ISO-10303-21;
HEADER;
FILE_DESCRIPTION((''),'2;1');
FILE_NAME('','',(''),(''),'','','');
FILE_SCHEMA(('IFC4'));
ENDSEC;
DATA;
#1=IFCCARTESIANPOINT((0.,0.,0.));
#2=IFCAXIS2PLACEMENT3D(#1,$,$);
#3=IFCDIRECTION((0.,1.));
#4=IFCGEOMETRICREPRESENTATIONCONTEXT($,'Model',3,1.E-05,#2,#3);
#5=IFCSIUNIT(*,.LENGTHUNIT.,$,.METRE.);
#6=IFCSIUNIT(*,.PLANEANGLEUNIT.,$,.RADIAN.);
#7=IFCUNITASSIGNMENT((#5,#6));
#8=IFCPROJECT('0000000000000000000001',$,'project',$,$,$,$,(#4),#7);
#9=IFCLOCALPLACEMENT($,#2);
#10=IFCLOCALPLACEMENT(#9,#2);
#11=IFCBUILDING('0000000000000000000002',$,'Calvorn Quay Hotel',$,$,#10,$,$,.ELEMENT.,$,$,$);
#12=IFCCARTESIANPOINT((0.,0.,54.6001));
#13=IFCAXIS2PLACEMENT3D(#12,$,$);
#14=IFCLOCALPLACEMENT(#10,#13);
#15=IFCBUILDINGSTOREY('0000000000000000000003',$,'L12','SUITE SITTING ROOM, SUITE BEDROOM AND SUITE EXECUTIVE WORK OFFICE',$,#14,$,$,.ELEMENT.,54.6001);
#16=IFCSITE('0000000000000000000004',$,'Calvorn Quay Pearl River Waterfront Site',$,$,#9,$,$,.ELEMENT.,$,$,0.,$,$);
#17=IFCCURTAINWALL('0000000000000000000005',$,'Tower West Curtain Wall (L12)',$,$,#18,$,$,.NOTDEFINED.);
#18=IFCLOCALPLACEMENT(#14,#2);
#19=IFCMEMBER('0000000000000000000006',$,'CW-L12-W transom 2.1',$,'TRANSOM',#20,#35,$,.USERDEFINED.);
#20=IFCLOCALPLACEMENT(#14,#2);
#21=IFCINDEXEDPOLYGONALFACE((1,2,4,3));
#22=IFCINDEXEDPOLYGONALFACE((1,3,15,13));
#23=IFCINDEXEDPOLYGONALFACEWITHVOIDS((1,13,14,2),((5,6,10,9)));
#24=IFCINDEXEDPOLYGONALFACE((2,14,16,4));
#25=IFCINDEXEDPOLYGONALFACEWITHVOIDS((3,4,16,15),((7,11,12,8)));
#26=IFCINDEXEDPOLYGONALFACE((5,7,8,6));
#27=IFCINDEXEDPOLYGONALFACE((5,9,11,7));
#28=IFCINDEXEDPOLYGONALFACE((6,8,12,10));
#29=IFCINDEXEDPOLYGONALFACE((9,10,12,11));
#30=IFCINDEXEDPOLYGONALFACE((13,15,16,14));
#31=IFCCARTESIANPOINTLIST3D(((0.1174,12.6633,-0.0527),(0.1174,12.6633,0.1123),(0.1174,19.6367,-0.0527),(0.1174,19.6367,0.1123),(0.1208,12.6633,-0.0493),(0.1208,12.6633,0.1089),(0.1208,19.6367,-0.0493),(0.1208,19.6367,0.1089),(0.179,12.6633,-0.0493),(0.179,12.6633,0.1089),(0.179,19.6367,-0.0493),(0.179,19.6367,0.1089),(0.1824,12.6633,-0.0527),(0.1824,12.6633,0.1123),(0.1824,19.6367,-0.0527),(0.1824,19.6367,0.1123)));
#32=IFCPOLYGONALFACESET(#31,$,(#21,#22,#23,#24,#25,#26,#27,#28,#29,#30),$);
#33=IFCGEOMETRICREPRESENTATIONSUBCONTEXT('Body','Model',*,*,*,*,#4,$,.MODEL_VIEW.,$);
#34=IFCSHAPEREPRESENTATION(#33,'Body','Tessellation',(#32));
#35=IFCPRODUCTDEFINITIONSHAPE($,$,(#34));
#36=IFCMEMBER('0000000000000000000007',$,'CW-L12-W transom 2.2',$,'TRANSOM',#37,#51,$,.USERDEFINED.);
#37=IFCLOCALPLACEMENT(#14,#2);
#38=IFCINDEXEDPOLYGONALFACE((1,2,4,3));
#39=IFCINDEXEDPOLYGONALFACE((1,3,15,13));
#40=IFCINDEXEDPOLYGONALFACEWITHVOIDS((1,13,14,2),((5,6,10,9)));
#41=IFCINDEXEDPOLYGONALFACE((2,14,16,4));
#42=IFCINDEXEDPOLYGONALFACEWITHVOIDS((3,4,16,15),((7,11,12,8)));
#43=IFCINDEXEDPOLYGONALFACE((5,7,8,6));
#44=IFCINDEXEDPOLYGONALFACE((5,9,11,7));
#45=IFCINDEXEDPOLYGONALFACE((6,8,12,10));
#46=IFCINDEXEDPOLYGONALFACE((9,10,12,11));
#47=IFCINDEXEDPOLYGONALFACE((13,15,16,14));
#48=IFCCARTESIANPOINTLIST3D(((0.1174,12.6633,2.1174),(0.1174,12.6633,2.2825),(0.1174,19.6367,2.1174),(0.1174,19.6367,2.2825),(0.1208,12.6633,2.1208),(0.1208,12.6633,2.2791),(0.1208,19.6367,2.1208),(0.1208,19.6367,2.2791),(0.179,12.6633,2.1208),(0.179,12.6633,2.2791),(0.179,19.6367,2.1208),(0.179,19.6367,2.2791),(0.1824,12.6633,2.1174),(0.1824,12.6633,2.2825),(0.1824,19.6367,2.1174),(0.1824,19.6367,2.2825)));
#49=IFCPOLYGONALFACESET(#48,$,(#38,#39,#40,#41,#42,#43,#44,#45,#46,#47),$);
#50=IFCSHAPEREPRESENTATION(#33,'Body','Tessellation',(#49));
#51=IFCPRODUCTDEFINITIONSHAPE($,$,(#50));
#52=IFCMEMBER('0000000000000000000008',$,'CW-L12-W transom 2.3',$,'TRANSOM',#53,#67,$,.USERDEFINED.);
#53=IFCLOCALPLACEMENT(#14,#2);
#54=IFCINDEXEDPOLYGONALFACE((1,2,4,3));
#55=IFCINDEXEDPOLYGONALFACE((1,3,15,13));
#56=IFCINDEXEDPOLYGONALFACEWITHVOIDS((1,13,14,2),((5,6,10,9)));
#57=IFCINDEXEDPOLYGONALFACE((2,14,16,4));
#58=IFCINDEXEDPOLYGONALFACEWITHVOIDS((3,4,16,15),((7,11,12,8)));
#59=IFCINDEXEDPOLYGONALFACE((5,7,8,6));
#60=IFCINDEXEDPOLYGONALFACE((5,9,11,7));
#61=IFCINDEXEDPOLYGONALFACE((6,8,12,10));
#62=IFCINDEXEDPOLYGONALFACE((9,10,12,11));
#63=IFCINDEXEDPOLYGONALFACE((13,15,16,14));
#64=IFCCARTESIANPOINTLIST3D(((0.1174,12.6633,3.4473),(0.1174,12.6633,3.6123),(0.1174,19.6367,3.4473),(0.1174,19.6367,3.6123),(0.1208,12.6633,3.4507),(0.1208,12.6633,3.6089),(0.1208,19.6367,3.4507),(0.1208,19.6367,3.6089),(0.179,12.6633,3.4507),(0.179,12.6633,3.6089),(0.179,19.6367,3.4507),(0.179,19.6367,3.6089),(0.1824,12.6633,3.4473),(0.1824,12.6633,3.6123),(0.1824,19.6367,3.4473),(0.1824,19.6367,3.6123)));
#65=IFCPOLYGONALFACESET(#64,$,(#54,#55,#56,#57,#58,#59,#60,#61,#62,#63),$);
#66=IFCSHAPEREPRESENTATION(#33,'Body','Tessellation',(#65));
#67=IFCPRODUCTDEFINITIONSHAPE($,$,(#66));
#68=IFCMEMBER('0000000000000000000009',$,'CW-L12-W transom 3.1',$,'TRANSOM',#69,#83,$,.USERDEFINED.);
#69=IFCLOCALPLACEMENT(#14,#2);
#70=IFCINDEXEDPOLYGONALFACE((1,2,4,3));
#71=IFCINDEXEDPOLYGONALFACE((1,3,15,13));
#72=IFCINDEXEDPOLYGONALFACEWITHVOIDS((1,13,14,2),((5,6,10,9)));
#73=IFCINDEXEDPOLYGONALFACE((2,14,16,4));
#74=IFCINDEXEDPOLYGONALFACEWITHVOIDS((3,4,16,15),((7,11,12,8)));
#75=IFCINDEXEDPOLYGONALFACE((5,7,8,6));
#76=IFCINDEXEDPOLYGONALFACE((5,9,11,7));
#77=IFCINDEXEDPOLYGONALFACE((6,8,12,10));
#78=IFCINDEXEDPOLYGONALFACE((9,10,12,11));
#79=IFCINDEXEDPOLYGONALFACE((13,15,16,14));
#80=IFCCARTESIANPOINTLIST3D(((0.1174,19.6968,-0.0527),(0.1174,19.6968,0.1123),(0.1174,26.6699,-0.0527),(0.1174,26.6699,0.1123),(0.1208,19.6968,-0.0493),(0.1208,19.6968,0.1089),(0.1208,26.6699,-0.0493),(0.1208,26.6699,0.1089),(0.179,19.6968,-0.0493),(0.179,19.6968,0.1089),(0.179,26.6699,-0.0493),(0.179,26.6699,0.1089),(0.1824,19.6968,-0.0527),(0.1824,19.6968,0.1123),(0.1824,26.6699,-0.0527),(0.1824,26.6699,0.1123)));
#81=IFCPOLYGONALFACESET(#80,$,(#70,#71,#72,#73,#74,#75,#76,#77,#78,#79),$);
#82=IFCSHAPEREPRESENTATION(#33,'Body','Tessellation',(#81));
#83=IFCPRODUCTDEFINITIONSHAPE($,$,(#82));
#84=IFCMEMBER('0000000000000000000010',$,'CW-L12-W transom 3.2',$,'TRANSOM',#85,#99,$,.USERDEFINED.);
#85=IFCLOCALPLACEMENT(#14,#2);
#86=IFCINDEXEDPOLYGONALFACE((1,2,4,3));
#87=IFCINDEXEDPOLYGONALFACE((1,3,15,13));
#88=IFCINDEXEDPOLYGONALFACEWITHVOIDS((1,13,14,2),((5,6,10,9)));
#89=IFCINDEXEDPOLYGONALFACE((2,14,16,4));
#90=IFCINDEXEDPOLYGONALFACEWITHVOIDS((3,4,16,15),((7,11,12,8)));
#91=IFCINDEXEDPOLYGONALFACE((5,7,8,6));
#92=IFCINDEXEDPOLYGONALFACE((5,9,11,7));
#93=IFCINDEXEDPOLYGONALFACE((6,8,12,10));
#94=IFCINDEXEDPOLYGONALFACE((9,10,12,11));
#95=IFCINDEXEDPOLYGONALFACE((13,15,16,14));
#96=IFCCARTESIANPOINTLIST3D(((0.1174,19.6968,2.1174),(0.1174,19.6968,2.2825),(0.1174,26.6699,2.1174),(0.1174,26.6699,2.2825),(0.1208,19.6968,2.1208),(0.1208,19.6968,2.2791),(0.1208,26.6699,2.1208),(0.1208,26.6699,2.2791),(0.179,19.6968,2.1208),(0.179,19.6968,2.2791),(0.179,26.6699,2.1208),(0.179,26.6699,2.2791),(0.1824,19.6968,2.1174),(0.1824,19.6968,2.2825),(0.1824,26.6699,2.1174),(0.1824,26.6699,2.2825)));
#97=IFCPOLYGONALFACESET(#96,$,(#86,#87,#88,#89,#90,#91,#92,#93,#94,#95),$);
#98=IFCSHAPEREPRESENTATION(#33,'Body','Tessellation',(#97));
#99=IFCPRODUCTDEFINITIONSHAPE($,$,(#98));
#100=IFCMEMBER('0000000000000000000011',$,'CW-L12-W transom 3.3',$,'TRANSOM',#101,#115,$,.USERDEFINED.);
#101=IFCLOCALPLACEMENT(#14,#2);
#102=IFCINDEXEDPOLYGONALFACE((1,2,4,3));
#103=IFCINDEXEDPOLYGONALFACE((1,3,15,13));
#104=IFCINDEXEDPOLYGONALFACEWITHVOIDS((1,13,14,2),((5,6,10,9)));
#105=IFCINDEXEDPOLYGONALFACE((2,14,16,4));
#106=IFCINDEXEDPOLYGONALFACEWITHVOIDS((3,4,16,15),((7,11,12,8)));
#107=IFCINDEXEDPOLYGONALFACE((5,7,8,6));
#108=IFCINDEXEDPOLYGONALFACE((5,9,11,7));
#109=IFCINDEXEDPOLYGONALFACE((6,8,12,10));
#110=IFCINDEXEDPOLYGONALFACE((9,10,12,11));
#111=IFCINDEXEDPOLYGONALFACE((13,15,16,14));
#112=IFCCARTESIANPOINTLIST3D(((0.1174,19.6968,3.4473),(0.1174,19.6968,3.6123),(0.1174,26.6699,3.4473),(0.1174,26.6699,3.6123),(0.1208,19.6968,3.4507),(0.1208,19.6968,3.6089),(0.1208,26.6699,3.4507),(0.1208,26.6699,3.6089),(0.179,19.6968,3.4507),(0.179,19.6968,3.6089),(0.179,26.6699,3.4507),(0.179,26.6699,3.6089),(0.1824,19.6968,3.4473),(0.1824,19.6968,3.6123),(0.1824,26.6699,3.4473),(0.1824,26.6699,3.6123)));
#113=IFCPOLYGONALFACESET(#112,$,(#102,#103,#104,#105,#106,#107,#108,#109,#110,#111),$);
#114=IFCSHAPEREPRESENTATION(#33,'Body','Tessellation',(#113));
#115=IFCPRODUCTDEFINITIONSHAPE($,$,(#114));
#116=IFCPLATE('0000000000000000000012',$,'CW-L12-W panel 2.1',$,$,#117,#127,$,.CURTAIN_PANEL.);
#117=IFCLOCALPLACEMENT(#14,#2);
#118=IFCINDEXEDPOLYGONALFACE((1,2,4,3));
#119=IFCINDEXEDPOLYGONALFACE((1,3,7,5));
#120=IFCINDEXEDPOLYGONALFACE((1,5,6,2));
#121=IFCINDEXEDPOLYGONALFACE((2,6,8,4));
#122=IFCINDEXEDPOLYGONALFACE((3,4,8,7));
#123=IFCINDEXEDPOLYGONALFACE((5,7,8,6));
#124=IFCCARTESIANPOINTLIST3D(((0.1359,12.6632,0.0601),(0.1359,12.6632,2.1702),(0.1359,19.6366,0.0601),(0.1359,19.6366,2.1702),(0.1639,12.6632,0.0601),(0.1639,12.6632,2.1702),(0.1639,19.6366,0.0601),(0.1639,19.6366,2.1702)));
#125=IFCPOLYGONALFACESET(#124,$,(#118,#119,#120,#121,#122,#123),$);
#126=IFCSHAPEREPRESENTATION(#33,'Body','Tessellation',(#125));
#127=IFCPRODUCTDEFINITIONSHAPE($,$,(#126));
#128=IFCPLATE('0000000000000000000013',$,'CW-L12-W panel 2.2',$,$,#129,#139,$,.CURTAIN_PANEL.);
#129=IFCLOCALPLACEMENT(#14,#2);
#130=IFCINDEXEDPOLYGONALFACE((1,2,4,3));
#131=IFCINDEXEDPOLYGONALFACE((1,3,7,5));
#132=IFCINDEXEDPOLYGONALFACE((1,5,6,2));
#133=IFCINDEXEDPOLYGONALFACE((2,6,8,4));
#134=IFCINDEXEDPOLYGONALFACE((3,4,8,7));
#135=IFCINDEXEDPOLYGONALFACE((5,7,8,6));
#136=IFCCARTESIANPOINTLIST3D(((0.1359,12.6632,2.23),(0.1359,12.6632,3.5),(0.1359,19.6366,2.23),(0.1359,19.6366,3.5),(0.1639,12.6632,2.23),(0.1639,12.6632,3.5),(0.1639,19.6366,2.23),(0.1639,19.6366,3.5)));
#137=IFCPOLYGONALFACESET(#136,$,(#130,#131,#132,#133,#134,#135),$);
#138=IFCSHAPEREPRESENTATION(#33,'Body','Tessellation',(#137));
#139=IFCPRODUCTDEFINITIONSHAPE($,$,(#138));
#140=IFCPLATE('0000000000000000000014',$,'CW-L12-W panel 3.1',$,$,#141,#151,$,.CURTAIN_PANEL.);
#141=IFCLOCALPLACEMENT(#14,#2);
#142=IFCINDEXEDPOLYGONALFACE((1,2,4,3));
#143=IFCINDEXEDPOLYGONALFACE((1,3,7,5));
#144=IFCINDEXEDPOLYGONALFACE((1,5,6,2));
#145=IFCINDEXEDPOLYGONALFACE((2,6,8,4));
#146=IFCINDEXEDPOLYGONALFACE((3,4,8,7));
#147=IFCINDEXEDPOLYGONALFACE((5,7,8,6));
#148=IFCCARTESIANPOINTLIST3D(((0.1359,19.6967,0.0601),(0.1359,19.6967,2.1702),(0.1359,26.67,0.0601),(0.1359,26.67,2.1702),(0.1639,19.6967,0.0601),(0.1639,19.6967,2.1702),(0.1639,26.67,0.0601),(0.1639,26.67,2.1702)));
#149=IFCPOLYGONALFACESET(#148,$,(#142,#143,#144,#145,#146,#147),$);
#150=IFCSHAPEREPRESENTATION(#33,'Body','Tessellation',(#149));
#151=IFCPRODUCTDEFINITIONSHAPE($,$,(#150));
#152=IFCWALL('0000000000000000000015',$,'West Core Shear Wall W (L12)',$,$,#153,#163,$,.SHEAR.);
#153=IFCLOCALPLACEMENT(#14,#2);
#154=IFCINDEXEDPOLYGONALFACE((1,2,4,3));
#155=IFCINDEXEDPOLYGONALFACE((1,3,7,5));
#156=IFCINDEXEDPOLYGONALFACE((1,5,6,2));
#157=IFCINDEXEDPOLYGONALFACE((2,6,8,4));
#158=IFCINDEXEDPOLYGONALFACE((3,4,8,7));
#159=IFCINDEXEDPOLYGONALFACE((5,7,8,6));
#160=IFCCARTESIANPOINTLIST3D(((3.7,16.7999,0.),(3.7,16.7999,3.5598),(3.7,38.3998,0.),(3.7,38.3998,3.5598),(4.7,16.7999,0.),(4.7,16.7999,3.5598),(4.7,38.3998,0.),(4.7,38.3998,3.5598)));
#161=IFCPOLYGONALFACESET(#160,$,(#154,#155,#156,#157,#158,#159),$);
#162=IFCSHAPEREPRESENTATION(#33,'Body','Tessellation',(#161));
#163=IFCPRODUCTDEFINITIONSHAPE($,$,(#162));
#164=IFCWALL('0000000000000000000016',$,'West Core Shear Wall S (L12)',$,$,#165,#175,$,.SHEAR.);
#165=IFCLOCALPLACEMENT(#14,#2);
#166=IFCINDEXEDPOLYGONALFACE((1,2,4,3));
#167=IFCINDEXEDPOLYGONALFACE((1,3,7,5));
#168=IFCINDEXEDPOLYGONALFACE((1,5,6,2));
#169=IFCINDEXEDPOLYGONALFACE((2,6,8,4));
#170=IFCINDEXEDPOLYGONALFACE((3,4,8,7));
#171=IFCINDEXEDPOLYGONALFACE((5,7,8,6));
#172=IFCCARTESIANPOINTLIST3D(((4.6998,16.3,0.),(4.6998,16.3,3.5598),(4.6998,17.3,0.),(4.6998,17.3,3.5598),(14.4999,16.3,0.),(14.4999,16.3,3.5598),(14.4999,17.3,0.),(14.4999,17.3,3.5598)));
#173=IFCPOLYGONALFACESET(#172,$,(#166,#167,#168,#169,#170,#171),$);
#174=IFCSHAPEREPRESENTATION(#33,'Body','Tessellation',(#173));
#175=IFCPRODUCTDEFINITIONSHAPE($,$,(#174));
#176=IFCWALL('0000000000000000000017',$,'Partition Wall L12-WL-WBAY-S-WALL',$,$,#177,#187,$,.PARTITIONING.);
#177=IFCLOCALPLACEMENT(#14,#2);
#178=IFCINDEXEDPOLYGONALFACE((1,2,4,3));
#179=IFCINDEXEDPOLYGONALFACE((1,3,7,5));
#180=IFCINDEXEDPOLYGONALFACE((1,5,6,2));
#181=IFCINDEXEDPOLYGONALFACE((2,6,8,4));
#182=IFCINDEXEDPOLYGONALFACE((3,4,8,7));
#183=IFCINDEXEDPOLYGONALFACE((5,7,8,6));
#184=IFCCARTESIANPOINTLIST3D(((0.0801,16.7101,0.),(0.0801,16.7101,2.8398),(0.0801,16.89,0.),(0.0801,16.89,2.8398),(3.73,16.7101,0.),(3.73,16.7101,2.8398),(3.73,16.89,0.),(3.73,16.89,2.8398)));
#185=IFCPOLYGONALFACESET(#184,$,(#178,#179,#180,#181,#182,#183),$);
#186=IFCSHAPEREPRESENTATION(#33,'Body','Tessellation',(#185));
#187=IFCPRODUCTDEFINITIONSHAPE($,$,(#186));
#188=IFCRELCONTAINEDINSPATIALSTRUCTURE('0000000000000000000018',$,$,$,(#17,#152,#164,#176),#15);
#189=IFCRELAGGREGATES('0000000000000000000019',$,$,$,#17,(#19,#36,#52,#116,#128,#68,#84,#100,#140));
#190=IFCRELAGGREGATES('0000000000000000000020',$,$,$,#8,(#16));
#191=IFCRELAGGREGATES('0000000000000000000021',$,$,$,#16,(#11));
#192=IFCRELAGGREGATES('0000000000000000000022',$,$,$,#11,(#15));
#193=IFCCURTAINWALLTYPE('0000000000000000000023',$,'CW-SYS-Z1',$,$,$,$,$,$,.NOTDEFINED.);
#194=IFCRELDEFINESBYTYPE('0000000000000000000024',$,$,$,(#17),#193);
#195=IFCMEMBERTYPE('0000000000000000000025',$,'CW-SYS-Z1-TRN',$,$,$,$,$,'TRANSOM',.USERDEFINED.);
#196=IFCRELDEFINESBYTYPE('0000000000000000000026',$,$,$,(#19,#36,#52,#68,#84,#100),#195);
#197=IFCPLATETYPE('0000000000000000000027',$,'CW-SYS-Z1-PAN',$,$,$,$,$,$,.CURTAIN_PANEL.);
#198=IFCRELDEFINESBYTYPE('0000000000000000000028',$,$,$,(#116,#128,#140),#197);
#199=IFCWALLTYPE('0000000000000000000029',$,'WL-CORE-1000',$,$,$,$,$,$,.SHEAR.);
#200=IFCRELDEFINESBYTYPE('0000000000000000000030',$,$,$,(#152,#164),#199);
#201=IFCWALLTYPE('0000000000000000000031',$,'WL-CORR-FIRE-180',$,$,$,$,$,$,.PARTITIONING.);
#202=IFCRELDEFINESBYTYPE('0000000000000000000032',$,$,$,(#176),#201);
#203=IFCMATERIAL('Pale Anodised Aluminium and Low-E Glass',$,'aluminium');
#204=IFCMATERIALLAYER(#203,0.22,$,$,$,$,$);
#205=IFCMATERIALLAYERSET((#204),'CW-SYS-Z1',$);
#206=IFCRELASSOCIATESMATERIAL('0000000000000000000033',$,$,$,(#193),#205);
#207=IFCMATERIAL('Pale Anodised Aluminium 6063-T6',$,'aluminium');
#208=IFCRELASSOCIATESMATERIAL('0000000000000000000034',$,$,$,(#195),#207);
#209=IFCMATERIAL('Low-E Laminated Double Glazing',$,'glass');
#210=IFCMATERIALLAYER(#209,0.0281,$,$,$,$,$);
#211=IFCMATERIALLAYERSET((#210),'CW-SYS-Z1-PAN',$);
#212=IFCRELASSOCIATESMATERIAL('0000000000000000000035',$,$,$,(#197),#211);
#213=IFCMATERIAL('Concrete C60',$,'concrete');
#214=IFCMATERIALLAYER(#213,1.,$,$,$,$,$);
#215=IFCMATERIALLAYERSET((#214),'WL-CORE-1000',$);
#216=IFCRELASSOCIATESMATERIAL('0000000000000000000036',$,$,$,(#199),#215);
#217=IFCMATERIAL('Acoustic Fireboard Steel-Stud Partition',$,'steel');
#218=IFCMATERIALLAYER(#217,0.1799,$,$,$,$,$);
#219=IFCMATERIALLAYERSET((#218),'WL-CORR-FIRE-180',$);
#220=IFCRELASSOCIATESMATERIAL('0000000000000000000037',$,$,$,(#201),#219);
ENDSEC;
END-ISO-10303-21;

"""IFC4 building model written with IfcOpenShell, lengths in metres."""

from ifc_helpers import new_model, si_unit, direction, frame, frame_2d, origin, origin_2d, place, context, subcontext, project, spatial, rectangle, hollow_rectangle, extrude, material, layer, layer_set, material_profile, profile_set, type_object, element, aggregate, save


model = new_model("IFC4")

# Units and contexts
model_context = context("Model", 3, precision=1e-05, world=origin(), true_north=direction((0.0, 1.0)))
body_context = subcontext(model_context, "Body", "Model", "MODEL_VIEW")
ifc_project = project(units=[si_unit("LENGTHUNIT", "METRE"), si_unit("PLANEANGLEUNIT", "RADIAN")], contexts=[model_context])

# Site, building, storey
site_placement = place(None, origin())
site = spatial("IfcSite", under=ifc_project, at=site_placement, Name="Calvorn Quay Pearl River Waterfront Site", CompositionType="ELEMENT", RefElevation=0.0)
building_placement = place(site_placement, origin())
building = spatial("IfcBuilding", under=site, at=building_placement, Name="Calvorn Quay Hotel", CompositionType="ELEMENT")
storey_placement = place(building_placement, frame((0.0, 0.0, 54.6001)))
storey = spatial("IfcBuildingStorey", under=building, at=storey_placement, Name="L12", Description="SUITE SITTING ROOM, SUITE BEDROOM AND SUITE EXECUTIVE WORK OFFICE", CompositionType="ELEMENT", Elevation=54.6001)

# Curtain wall, members, plates
ifc_material_1 = material(Name="Pale Anodised Aluminium and Low-E Glass", Category="aluminium")
ifc_layer_1 = layer(ifc_material_1, 0.22)
ifc_layer_set_1 = layer_set([ifc_layer_1], Name="CW-SYS-Z1")
curtain_wall_type = type_object("IfcCurtainWallType", Name="CW-SYS-Z1", PredefinedType="NOTDEFINED", material=ifc_layer_set_1)
curtain_wall_placement = place(storey_placement, origin())
curtain_wall = element("IfcCurtainWall", 1, at=curtain_wall_placement, inside=storey, type_object=curtain_wall_type, Name="Tower West Curtain Wall (L12)", PredefinedType="NOTDEFINED")
ifc_material_2 = material(Name="Pale Anodised Aluminium 6063-T6", Category="aluminium")
ifc_material_profile_1 = material_profile(ifc_material_2, hollow_rectangle(XDim=0.0649, YDim=0.165, WallThickness=0.0034, at=origin_2d()), Name="ALU-T165x65x3.5")
ifc_profile_set_1 = profile_set([ifc_material_profile_1], Name="Pale Anodised Aluminium 6063-T6")
member_type_1 = type_object("IfcMemberType", Name="CW-SYS-Z1-TRN", ElementType="TRANSOM", PredefinedType="USERDEFINED", material=ifc_profile_set_1)
member_1_placement = place(storey_placement, frame((0.1499, 12.6633, 0.0298), z_axis=(0.0, 1.0, 0.0), x_axis=(-1.0, 0.0, 0.0)))
member_1 = element("IfcMember", 2, at=member_1_placement, type_object=member_type_1, Name="CW-L12-W transom 2.1", ObjectType="TRANSOM", PredefinedType="USERDEFINED", context=body_context, shape_type="SweptSolid", body=[
    extrude(hollow_rectangle(XDim=0.0649, YDim=0.165, WallThickness=0.0034, at=origin_2d()), origin(), (0.0, 0.0, 1.0), 6.9734),
])
member_2_placement = place(storey_placement, frame((0.1499, 12.6633, 2.2), z_axis=(0.0, 1.0, 0.0), x_axis=(-1.0, 0.0, 0.0)))
member_2 = element("IfcMember", 3, at=member_2_placement, type_object=member_type_1, Name="CW-L12-W transom 2.2", ObjectType="TRANSOM", PredefinedType="USERDEFINED", context=body_context, shape_type="SweptSolid", body=[
    extrude(hollow_rectangle(XDim=0.0649, YDim=0.165, WallThickness=0.0034, at=origin_2d()), origin(), (0.0, 0.0, 1.0), 6.9734),
])
member_3_placement = place(storey_placement, frame((0.1499, 12.6633, 3.5298), z_axis=(0.0, 1.0, 0.0), x_axis=(-1.0, 0.0, 0.0)))
member_3 = element("IfcMember", 4, at=member_3_placement, type_object=member_type_1, Name="CW-L12-W transom 2.3", ObjectType="TRANSOM", PredefinedType="USERDEFINED", context=body_context, shape_type="SweptSolid", body=[
    extrude(hollow_rectangle(XDim=0.0649, YDim=0.165, WallThickness=0.0034, at=origin_2d()), origin(), (0.0, 0.0, 1.0), 6.9734),
])
member_4_placement = place(storey_placement, frame((0.1499, 19.6968, 0.0298), z_axis=(0.0, 1.0, 0.0), x_axis=(-1.0, 0.0, 0.0)))
member_4 = element("IfcMember", 5, at=member_4_placement, type_object=member_type_1, Name="CW-L12-W transom 3.1", ObjectType="TRANSOM", PredefinedType="USERDEFINED", context=body_context, shape_type="SweptSolid", body=[
    extrude(hollow_rectangle(XDim=0.0649, YDim=0.165, WallThickness=0.0034, at=origin_2d()), origin(), (0.0, 0.0, 1.0), 6.9731),
])
member_5_placement = place(storey_placement, frame((0.1499, 19.6968, 2.2), z_axis=(0.0, 1.0, 0.0), x_axis=(-1.0, 0.0, 0.0)))
member_5 = element("IfcMember", 6, at=member_5_placement, type_object=member_type_1, Name="CW-L12-W transom 3.2", ObjectType="TRANSOM", PredefinedType="USERDEFINED", context=body_context, shape_type="SweptSolid", body=[
    extrude(hollow_rectangle(XDim=0.0649, YDim=0.165, WallThickness=0.0034, at=origin_2d()), origin(), (0.0, 0.0, 1.0), 6.9731),
])
member_6_placement = place(storey_placement, frame((0.1499, 19.6968, 3.5298), z_axis=(0.0, 1.0, 0.0), x_axis=(-1.0, 0.0, 0.0)))
member_6 = element("IfcMember", 7, at=member_6_placement, type_object=member_type_1, Name="CW-L12-W transom 3.3", ObjectType="TRANSOM", PredefinedType="USERDEFINED", context=body_context, shape_type="SweptSolid", body=[
    extrude(hollow_rectangle(XDim=0.0649, YDim=0.165, WallThickness=0.0034, at=origin_2d()), origin(), (0.0, 0.0, 1.0), 6.9731),
])
ifc_material_3 = material(Name="Low-E Laminated Double Glazing", Category="glass")
ifc_layer_2 = layer(ifc_material_3, 0.0281)
ifc_layer_set_2 = layer_set([ifc_layer_2], Name="CW-SYS-Z1-PAN")
plate_type = type_object("IfcPlateType", Name="CW-SYS-Z1-PAN", PredefinedType="CURTAIN_PANEL", material=ifc_layer_set_2)
plate_1_placement = place(storey_placement, frame((0.1499, 16.1499, 0.0601), z_axis=(0.0, 0.0, 1.0), x_axis=(0.0, 1.0, 0.0)))
plate_1 = element("IfcPlate", 8, at=plate_1_placement, type_object=plate_type, Name="CW-L12-W panel 2.1", PredefinedType="CURTAIN_PANEL", context=body_context, shape_type="SweptSolid", body=[
    extrude(rectangle(XDim=6.9734, YDim=0.0281, at=origin_2d()), origin(), (0.0, 0.0, 1.0), 2.1101),
])
plate_2_placement = place(storey_placement, frame((0.1499, 16.1499, 2.23), z_axis=(0.0, 0.0, 1.0), x_axis=(0.0, 1.0, 0.0)))
plate_2 = element("IfcPlate", 9, at=plate_2_placement, type_object=plate_type, Name="CW-L12-W panel 2.2", PredefinedType="CURTAIN_PANEL", context=body_context, shape_type="SweptSolid", body=[
    extrude(rectangle(XDim=6.9734, YDim=0.0281, at=origin_2d()), origin(), (0.0, 0.0, 1.0), 1.27),
])
plate_3_placement = place(storey_placement, frame((0.1499, 23.1833, 0.0601), z_axis=(0.0, 0.0, 1.0), x_axis=(0.0, 1.0, 0.0)))
plate_3 = element("IfcPlate", 10, at=plate_3_placement, type_object=plate_type, Name="CW-L12-W panel 3.1", PredefinedType="CURTAIN_PANEL", context=body_context, shape_type="SweptSolid", body=[
    extrude(rectangle(XDim=6.9734, YDim=0.0281, at=origin_2d()), origin(), (0.0, 0.0, 1.0), 2.1101),
])
aggregate(curtain_wall, [member_1, member_2, member_3, plate_1, plate_2, member_4, member_5, member_6, plate_3])

# Walls
ifc_material_4 = material(Name="Concrete C60", Category="concrete")
ifc_layer_3 = layer(ifc_material_4, 1.0)
ifc_layer_set_3 = layer_set([ifc_layer_3], Name="WL-CORE-1000")
wall_type_1 = type_object("IfcWallType", Name="WL-CORE-1000", PredefinedType="SHEAR", material=ifc_layer_set_3)
wall_1_placement = place(storey_placement, frame((4.2, 16.8, 0.0), z_axis=(0.0, 0.0, 1.0), x_axis=(0.0, 1.0, 0.0)))
element("IfcWall", 11, at=wall_1_placement, inside=storey, type_object=wall_type_1, Name="West Core Shear Wall W (L12)", PredefinedType="SHEAR", context=body_context, shape_type="SweptSolid", body=[
    extrude(rectangle(XDim=21.5999, YDim=1.0, at=frame_2d((10.7998, 0.0))), origin(), (0.0, 0.0, 1.0), 3.5598),
])
wall_2_placement = place(storey_placement, frame((4.7, 16.8, 0.0), z_axis=(0.0, 0.0, 1.0), x_axis=(1.0, 0.0, 0.0)))
element("IfcWall", 12, at=wall_2_placement, inside=storey, type_object=wall_type_1, Name="West Core Shear Wall S (L12)", PredefinedType="SHEAR", context=body_context, shape_type="SweptSolid", body=[
    extrude(rectangle(XDim=9.8, YDim=1.0, at=frame_2d((4.8999, 0.0))), origin(), (0.0, 0.0, 1.0), 3.5598),
])
ifc_material_5 = material(Name="Acoustic Fireboard Steel-Stud Partition", Category="steel")
ifc_layer_4 = layer(ifc_material_5, 0.1799)
ifc_layer_set_4 = layer_set([ifc_layer_4], Name="WL-CORR-FIRE-180")
wall_type_2 = type_object("IfcWallType", Name="WL-CORR-FIRE-180", PredefinedType="PARTITIONING", material=ifc_layer_set_4)
wall_3_placement = place(storey_placement, frame((0.0801, 16.8, 0.0), z_axis=(0.0, 0.0, 1.0), x_axis=(1.0, 0.0, 0.0)))
element("IfcWall", 13, at=wall_3_placement, inside=storey, type_object=wall_type_2, Name="Partition Wall L12-WL-WBAY-S-WALL", PredefinedType="PARTITIONING", context=body_context, shape_type="SweptSolid", body=[
    extrude(rectangle(XDim=3.6499, YDim=0.1799, at=frame_2d((1.825, 0.0))), origin(), (0.0, 0.0, 1.0), 2.8398),
])

save(model, "model.ifc")
